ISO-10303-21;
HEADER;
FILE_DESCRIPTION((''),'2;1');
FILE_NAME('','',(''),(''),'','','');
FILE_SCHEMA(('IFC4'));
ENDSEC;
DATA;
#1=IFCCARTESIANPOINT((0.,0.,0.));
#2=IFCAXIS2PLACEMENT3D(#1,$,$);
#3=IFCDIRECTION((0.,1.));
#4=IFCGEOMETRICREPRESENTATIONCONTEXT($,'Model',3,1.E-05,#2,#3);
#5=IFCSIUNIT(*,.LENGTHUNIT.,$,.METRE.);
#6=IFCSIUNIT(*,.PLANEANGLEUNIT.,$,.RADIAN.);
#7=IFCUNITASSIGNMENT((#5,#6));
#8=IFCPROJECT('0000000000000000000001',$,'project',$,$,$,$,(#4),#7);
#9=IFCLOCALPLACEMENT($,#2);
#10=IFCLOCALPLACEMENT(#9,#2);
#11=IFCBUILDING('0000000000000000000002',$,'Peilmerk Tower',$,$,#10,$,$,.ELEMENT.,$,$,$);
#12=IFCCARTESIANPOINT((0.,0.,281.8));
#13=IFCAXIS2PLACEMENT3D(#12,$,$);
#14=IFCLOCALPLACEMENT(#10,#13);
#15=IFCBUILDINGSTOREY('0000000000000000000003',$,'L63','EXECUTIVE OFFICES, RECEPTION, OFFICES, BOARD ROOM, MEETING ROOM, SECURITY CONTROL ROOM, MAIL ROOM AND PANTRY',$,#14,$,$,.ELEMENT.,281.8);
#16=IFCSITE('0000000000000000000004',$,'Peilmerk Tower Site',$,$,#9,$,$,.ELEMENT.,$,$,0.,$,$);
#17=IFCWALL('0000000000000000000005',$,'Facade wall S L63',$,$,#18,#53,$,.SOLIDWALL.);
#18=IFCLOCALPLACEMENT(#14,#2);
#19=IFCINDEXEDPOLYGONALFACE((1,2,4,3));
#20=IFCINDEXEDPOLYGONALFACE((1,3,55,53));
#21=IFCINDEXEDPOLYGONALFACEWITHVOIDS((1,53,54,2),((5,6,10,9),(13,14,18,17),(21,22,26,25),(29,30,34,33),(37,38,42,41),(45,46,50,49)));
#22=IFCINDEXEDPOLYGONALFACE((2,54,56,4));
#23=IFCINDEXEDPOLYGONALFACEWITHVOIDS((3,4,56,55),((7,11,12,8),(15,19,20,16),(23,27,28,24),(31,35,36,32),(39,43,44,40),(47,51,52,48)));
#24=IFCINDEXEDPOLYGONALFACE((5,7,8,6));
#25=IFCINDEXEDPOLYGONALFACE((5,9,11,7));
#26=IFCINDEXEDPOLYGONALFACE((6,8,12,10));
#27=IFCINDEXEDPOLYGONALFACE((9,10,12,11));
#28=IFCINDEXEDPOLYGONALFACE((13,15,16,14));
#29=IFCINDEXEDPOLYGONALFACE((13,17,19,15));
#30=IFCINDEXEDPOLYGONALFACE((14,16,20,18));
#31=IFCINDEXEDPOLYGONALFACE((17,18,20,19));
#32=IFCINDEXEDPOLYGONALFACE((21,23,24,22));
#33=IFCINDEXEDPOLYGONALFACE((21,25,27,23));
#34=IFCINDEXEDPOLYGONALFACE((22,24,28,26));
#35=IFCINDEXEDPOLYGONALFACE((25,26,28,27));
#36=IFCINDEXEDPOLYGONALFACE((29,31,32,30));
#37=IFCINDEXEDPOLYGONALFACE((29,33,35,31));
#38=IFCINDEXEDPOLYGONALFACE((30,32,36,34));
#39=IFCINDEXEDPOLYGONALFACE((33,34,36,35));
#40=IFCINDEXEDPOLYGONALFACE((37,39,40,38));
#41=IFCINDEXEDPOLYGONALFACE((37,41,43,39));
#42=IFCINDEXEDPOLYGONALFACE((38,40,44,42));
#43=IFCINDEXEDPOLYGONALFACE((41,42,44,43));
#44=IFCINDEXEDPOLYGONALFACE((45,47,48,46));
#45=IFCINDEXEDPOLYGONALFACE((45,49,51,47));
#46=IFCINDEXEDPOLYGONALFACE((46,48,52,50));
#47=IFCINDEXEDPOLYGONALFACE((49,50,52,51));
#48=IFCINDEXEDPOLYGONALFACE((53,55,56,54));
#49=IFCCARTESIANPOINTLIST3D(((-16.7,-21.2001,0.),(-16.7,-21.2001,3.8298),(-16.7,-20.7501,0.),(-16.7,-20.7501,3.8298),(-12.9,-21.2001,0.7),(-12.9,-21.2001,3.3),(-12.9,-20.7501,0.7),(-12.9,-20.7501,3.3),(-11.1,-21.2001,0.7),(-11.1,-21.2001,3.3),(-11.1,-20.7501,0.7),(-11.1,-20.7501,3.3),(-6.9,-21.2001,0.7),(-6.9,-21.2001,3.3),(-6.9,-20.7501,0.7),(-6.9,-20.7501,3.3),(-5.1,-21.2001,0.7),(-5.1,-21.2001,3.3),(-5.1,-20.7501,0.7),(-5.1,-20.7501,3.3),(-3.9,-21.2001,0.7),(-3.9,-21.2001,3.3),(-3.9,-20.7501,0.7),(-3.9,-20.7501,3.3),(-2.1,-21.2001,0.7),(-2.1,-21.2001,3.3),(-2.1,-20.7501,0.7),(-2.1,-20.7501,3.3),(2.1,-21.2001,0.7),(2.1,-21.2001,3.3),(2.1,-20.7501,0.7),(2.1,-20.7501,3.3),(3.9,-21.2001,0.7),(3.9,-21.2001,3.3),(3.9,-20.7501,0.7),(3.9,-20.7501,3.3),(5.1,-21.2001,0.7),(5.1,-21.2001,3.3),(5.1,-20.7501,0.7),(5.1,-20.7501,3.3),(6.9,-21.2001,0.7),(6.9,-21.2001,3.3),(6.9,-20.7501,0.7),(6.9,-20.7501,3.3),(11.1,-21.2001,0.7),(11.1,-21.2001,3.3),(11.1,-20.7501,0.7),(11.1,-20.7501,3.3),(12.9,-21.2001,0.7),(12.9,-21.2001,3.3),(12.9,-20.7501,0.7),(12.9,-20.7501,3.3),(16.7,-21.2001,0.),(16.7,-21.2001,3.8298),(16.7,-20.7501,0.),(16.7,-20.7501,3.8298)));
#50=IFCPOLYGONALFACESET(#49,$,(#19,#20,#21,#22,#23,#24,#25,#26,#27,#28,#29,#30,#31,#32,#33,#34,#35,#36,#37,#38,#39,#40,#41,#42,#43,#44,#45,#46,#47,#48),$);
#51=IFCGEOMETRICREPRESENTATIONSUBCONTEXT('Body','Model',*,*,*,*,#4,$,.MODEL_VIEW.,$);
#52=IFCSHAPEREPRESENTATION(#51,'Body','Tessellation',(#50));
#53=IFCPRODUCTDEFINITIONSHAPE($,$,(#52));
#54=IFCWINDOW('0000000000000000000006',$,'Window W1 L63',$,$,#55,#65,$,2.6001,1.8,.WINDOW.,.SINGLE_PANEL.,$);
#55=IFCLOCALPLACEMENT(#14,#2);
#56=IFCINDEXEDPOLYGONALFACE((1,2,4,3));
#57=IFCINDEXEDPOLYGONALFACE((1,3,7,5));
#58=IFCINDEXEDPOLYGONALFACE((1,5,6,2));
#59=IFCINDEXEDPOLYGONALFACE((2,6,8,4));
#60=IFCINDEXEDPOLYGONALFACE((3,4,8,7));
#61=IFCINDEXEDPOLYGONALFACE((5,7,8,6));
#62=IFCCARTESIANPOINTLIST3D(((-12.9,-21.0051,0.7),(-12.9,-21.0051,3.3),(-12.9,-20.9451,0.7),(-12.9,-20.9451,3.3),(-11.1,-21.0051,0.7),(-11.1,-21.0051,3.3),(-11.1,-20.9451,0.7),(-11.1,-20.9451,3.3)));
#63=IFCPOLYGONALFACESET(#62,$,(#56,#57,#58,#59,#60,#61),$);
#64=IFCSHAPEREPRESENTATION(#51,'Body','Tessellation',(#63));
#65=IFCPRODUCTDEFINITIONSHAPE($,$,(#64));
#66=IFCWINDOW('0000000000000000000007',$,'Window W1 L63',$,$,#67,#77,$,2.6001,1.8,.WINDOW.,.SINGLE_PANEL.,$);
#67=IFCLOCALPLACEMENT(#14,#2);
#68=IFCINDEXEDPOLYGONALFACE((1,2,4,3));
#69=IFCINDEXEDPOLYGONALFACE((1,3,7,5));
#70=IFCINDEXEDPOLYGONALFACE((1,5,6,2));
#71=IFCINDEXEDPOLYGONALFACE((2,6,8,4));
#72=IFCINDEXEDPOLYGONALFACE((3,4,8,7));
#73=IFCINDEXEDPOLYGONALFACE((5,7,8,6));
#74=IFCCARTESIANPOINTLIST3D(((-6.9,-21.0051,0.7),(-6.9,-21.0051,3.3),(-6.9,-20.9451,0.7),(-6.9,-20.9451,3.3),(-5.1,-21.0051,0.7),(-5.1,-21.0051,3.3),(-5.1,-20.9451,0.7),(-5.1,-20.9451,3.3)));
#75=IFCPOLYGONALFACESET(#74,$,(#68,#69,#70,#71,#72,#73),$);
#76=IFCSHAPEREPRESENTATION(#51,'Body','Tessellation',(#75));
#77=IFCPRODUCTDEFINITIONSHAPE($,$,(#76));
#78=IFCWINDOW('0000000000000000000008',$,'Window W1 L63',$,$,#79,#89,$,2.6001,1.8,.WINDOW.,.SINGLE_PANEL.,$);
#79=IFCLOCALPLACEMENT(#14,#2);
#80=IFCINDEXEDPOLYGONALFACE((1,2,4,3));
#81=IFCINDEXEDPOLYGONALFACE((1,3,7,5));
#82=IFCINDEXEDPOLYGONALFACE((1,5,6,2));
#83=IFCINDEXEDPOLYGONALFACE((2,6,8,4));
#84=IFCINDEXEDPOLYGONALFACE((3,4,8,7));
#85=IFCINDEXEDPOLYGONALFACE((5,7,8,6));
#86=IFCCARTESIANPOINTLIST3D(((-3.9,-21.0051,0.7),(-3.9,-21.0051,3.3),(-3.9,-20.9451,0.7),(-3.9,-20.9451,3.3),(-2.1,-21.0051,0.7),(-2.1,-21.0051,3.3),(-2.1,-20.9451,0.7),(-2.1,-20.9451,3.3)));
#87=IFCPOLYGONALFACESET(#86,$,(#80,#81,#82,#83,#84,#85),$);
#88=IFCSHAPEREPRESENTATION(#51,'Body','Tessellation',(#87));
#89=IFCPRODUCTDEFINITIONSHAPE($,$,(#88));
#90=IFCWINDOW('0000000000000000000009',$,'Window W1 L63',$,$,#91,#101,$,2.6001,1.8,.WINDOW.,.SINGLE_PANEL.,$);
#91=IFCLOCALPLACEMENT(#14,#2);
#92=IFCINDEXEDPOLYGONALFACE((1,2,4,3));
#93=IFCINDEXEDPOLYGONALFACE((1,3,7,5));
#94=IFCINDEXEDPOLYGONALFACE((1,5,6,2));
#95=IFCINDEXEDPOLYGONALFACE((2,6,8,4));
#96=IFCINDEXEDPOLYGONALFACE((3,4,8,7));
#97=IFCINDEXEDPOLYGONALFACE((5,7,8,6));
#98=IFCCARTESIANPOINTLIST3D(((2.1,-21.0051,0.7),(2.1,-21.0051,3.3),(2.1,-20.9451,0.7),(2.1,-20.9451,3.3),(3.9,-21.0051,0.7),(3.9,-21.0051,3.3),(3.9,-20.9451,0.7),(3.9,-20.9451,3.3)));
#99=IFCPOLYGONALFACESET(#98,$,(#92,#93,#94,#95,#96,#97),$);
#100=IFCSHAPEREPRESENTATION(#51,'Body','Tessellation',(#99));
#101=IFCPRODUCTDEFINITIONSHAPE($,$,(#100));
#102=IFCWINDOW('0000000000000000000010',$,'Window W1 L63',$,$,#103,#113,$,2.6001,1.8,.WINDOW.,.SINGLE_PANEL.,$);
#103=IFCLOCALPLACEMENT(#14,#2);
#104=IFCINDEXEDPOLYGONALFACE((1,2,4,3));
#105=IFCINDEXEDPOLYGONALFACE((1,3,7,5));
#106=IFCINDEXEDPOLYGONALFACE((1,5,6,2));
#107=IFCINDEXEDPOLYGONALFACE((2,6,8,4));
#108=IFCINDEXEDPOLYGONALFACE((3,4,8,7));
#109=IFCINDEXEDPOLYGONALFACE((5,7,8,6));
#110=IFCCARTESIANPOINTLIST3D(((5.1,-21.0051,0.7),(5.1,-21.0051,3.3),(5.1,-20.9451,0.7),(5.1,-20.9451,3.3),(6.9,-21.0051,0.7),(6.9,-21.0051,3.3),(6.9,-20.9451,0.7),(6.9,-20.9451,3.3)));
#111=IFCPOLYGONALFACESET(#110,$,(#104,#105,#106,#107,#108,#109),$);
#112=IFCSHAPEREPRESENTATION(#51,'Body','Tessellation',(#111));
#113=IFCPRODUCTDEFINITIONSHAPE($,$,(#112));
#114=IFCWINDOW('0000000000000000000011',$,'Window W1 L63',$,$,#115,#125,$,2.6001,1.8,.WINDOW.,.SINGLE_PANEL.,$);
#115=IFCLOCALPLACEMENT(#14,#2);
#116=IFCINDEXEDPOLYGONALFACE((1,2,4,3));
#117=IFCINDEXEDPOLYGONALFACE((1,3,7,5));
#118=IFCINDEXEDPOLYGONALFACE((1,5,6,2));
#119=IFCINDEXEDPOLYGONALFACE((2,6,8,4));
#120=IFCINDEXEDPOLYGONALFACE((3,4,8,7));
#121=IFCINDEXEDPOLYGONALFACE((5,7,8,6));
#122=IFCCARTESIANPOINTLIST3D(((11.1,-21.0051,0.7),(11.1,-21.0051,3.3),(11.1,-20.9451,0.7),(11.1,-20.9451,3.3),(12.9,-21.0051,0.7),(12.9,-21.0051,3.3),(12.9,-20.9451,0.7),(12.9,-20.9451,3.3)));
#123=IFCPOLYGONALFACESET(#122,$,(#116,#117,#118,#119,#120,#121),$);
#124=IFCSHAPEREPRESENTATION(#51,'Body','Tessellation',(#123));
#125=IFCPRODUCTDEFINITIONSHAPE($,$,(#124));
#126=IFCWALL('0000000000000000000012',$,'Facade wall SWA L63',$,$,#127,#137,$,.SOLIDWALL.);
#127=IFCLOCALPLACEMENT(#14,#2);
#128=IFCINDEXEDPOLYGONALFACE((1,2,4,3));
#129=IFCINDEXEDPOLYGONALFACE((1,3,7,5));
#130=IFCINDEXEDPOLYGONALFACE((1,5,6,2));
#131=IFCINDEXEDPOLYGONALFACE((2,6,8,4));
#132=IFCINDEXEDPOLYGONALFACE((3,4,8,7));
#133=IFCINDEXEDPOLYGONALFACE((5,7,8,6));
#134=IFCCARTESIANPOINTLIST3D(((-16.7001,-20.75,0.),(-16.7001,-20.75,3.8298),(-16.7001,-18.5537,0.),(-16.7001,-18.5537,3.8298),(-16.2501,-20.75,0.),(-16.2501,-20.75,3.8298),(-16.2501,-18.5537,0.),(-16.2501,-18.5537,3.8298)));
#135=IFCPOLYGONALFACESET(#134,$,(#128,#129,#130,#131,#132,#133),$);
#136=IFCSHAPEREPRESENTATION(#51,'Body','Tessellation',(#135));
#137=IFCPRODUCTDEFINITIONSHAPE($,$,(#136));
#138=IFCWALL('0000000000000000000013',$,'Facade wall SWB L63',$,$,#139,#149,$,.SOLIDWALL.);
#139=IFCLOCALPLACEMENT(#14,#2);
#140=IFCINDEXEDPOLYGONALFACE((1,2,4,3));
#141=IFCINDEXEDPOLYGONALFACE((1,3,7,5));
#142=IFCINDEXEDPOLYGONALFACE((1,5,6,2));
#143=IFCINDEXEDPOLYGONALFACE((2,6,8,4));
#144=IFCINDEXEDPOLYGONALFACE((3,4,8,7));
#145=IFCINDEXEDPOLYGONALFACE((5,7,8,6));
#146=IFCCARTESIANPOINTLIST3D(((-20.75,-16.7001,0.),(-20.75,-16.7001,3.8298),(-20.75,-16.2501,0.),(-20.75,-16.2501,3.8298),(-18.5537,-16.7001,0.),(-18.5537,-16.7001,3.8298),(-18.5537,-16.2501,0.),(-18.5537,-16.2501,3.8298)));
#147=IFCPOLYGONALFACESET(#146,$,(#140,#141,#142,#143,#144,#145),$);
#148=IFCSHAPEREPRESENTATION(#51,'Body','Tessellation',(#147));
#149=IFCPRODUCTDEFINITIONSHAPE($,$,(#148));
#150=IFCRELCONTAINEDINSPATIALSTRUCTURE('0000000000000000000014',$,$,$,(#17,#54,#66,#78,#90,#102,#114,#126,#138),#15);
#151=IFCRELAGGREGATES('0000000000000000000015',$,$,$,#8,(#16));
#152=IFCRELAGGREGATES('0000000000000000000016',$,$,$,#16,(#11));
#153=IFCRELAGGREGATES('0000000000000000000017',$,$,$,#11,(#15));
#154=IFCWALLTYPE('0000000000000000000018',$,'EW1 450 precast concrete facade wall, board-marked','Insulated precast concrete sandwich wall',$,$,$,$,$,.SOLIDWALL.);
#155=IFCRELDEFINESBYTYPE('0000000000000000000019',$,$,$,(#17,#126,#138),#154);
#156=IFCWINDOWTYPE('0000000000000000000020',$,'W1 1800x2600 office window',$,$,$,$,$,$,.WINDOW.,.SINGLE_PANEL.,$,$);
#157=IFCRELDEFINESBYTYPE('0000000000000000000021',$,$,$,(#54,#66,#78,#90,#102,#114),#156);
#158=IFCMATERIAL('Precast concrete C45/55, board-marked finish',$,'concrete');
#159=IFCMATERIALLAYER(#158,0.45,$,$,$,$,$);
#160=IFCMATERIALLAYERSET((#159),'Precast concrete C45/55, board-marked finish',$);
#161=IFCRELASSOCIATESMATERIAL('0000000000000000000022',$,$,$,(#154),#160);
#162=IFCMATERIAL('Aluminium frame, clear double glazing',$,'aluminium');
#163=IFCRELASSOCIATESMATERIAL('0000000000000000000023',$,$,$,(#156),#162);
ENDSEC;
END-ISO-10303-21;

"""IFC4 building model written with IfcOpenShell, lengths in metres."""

from ifc_helpers import new_model, si_unit, direction, frame, frame_2d, origin, place, context, subcontext, project, spatial, rectangle, extrude, material, layer, layer_set, type_object, element, fill, save


model = new_model("IFC4")

# Units and contexts
model_context = context("Model", 3, precision=1e-05, world=origin(), true_north=direction((0.0, 1.0)))
body_context = subcontext(model_context, "Body", "Model", "MODEL_VIEW")
ifc_project = project(units=[si_unit("LENGTHUNIT", "METRE"), si_unit("PLANEANGLEUNIT", "RADIAN")], contexts=[model_context])

# Site, building, storey
site_placement = place(None, origin())
site = spatial("IfcSite", under=ifc_project, at=site_placement, Name="Peilmerk Tower Site", CompositionType="ELEMENT", RefElevation=0.0)
building_placement = place(site_placement, origin())
building = spatial("IfcBuilding", under=site, at=building_placement, Name="Peilmerk Tower", CompositionType="ELEMENT")
storey_placement = place(building_placement, frame((0.0, 0.0, 281.8)))
storey = spatial("IfcBuildingStorey", under=building, at=storey_placement, Name="L63", Description="EXECUTIVE OFFICES, RECEPTION, OFFICES, BOARD ROOM, MEETING ROOM, SECURITY CONTROL ROOM, MAIL ROOM AND PANTRY", CompositionType="ELEMENT", Elevation=281.8)

# Wall, openings, windows
ifc_material_1 = material(Name="Precast concrete C45/55, board-marked finish", Category="concrete")
ifc_layer_1 = layer(ifc_material_1, 0.45)
ifc_layer_set_1 = layer_set([ifc_layer_1], Name="Precast concrete C45/55, board-marked finish")
wall_type = type_object("IfcWallType", Name="EW1 450 precast concrete facade wall, board-marked", Description="Insulated precast concrete sandwich wall", PredefinedType="SOLIDWALL", material=ifc_layer_set_1)
wall_placement = place(storey_placement, frame((-16.7, -20.9751, 0.0), z_axis=(0.0, 0.0, 1.0), x_axis=(1.0, 0.0, 0.0)))
wall = element("IfcWall", 1, at=wall_placement, inside=storey, type_object=wall_type, Name="Facade wall S L63", PredefinedType="SOLIDWALL", context=body_context, shape_type="SweptSolid", body=[
    extrude(rectangle(XDim=33.3999, YDim=0.45, at=frame_2d((16.7, 0.0))), origin(), (0.0, 0.0, 1.0), 3.8298),
])
opening_1_placement = place(wall_placement, frame((3.8, 0.0, 0.7)))
opening_1 = element("IfcOpeningElement", 2, at=opening_1_placement, cuts=wall, PredefinedType="OPENING", context=body_context, shape_type="SweptSolid", body=[
    extrude(rectangle(XDim=1.8, YDim=2.6001, at=frame_2d((0.8999, 1.3))), frame((0.0, 0.2349, 0.0), z_axis=(0.0, -1.0, 0.0), x_axis=(1.0, 0.0, 0.0)), (0.0, 0.0, 1.0), 0.47),
])
opening_2_placement = place(wall_placement, frame((9.8, 0.0, 0.7)))
opening_2 = element("IfcOpeningElement", 3, at=opening_2_placement, cuts=wall, PredefinedType="OPENING", context=body_context, shape_type="SweptSolid", body=[
    extrude(rectangle(XDim=1.8, YDim=2.6001, at=frame_2d((0.8999, 1.3))), frame((0.0, 0.2349, 0.0), z_axis=(0.0, -1.0, 0.0), x_axis=(1.0, 0.0, 0.0)), (0.0, 0.0, 1.0), 0.47),
])
opening_3_placement = place(wall_placement, frame((12.8, 0.0, 0.7)))
opening_3 = element("IfcOpeningElement", 4, at=opening_3_placement, cuts=wall, PredefinedType="OPENING", context=body_context, shape_type="SweptSolid", body=[
    extrude(rectangle(XDim=1.8, YDim=2.6001, at=frame_2d((0.8999, 1.3))), frame((0.0, 0.2349, 0.0), z_axis=(0.0, -1.0, 0.0), x_axis=(1.0, 0.0, 0.0)), (0.0, 0.0, 1.0), 0.47),
])
opening_4_placement = place(wall_placement, frame((18.8, 0.0, 0.7)))
opening_4 = element("IfcOpeningElement", 5, at=opening_4_placement, cuts=wall, PredefinedType="OPENING", context=body_context, shape_type="SweptSolid", body=[
    extrude(rectangle(XDim=1.8, YDim=2.6001, at=frame_2d((0.8999, 1.3))), frame((0.0, 0.2349, 0.0), z_axis=(0.0, -1.0, 0.0), x_axis=(1.0, 0.0, 0.0)), (0.0, 0.0, 1.0), 0.47),
])
opening_5_placement = place(wall_placement, frame((21.8, 0.0, 0.7)))
opening_5 = element("IfcOpeningElement", 6, at=opening_5_placement, cuts=wall, PredefinedType="OPENING", context=body_context, shape_type="SweptSolid", body=[
    extrude(rectangle(XDim=1.8, YDim=2.6001, at=frame_2d((0.8999, 1.3))), frame((0.0, 0.2349, 0.0), z_axis=(0.0, -1.0, 0.0), x_axis=(1.0, 0.0, 0.0)), (0.0, 0.0, 1.0), 0.47),
])
opening_6_placement = place(wall_placement, frame((27.8, 0.0, 0.7)))
opening_6 = element("IfcOpeningElement", 7, at=opening_6_placement, cuts=wall, PredefinedType="OPENING", context=body_context, shape_type="SweptSolid", body=[
    extrude(rectangle(XDim=1.8, YDim=2.6001, at=frame_2d((0.8999, 1.3))), frame((0.0, 0.2349, 0.0), z_axis=(0.0, -1.0, 0.0), x_axis=(1.0, 0.0, 0.0)), (0.0, 0.0, 1.0), 0.47),
])
ifc_material_2 = material(Name="Aluminium frame, clear double glazing", Category="aluminium")
window_type = type_object("IfcWindowType", Name="W1 1800x2600 office window", PartitioningType="SINGLE_PANEL", PredefinedType="WINDOW", material=ifc_material_2)
window_1_placement = place(opening_1_placement, origin())
window_1 = element("IfcWindow", 8, at=window_1_placement, inside=storey, type_object=window_type, Name="Window W1 L63", OverallHeight=2.6001, OverallWidth=1.8, PartitioningType="SINGLE_PANEL", PredefinedType="WINDOW", context=body_context, shape_type="SweptSolid", body=[
    extrude(rectangle(XDim=1.8, YDim=2.6001, at=frame_2d((0.8999, 1.3))), frame((0.0, 0.03, 0.0), z_axis=(0.0, -1.0, 0.0), x_axis=(1.0, 0.0, 0.0)), (0.0, 0.0, 1.0), 0.0601),
])
fill(opening_1, window_1)
window_2_placement = place(opening_2_placement, origin())
window_2 = element("IfcWindow", 9, at=window_2_placement, inside=storey, type_object=window_type, Name="Window W1 L63", OverallHeight=2.6001, OverallWidth=1.8, PartitioningType="SINGLE_PANEL", PredefinedType="WINDOW", context=body_context, shape_type="SweptSolid", body=[
    extrude(rectangle(XDim=1.8, YDim=2.6001, at=frame_2d((0.8999, 1.3))), frame((0.0, 0.03, 0.0), z_axis=(0.0, -1.0, 0.0), x_axis=(1.0, 0.0, 0.0)), (0.0, 0.0, 1.0), 0.0601),
])
fill(opening_2, window_2)
window_3_placement = place(opening_3_placement, origin())
window_3 = element("IfcWindow", 10, at=window_3_placement, inside=storey, type_object=window_type, Name="Window W1 L63", OverallHeight=2.6001, OverallWidth=1.8, PartitioningType="SINGLE_PANEL", PredefinedType="WINDOW", context=body_context, shape_type="SweptSolid", body=[
    extrude(rectangle(XDim=1.8, YDim=2.6001, at=frame_2d((0.8999, 1.3))), frame((0.0, 0.03, 0.0), z_axis=(0.0, -1.0, 0.0), x_axis=(1.0, 0.0, 0.0)), (0.0, 0.0, 1.0), 0.0601),
])
fill(opening_3, window_3)
window_4_placement = place(opening_4_placement, origin())
window_4 = element("IfcWindow", 11, at=window_4_placement, inside=storey, type_object=window_type, Name="Window W1 L63", OverallHeight=2.6001, OverallWidth=1.8, PartitioningType="SINGLE_PANEL", PredefinedType="WINDOW", context=body_context, shape_type="SweptSolid", body=[
    extrude(rectangle(XDim=1.8, YDim=2.6001, at=frame_2d((0.8999, 1.3))), frame((0.0, 0.03, 0.0), z_axis=(0.0, -1.0, 0.0), x_axis=(1.0, 0.0, 0.0)), (0.0, 0.0, 1.0), 0.0601),
])
fill(opening_4, window_4)
window_5_placement = place(opening_5_placement, origin())
window_5 = element("IfcWindow", 12, at=window_5_placement, inside=storey, type_object=window_type, Name="Window W1 L63", OverallHeight=2.6001, OverallWidth=1.8, PartitioningType="SINGLE_PANEL", PredefinedType="WINDOW", context=body_context, shape_type="SweptSolid", body=[
    extrude(rectangle(XDim=1.8, YDim=2.6001, at=frame_2d((0.8999, 1.3))), frame((0.0, 0.03, 0.0), z_axis=(0.0, -1.0, 0.0), x_axis=(1.0, 0.0, 0.0)), (0.0, 0.0, 1.0), 0.0601),
])
fill(opening_5, window_5)
window_6_placement = place(opening_6_placement, origin())
window_6 = element("IfcWindow", 13, at=window_6_placement, inside=storey, type_object=window_type, Name="Window W1 L63", OverallHeight=2.6001, OverallWidth=1.8, PartitioningType="SINGLE_PANEL", PredefinedType="WINDOW", context=body_context, shape_type="SweptSolid", body=[
    extrude(rectangle(XDim=1.8, YDim=2.6001, at=frame_2d((0.8999, 1.3))), frame((0.0, 0.03, 0.0), z_axis=(0.0, -1.0, 0.0), x_axis=(1.0, 0.0, 0.0)), (0.0, 0.0, 1.0), 0.0601),
])
fill(opening_6, window_6)

# Walls
for number, where, z_axis, x_axis, name in (
    (14, (-16.4751, -18.5537, 0.0), (0.0, 0.0, 1.0), (0.0, -1.0, 0.0), "Facade wall SWA L63"),
    (15, (-18.5537, -16.4751, 0.0), (0.0, 0.0, 1.0), (-1.0, 0.0, 0.0), "Facade wall SWB L63"),
):
    element("IfcWall", number, at=place(storey_placement, frame(where, z_axis=z_axis, x_axis=x_axis)), inside=storey, type_object=wall_type, Name=name, PredefinedType="SOLIDWALL", context=body_context, shape_type="SweptSolid", body=[
        extrude(rectangle(XDim=2.1963, YDim=0.45, at=frame_2d((1.0981, 0.0))), origin(), (0.0, 0.0, 1.0), 3.8298),
    ])

save(model, "model.ifc")
